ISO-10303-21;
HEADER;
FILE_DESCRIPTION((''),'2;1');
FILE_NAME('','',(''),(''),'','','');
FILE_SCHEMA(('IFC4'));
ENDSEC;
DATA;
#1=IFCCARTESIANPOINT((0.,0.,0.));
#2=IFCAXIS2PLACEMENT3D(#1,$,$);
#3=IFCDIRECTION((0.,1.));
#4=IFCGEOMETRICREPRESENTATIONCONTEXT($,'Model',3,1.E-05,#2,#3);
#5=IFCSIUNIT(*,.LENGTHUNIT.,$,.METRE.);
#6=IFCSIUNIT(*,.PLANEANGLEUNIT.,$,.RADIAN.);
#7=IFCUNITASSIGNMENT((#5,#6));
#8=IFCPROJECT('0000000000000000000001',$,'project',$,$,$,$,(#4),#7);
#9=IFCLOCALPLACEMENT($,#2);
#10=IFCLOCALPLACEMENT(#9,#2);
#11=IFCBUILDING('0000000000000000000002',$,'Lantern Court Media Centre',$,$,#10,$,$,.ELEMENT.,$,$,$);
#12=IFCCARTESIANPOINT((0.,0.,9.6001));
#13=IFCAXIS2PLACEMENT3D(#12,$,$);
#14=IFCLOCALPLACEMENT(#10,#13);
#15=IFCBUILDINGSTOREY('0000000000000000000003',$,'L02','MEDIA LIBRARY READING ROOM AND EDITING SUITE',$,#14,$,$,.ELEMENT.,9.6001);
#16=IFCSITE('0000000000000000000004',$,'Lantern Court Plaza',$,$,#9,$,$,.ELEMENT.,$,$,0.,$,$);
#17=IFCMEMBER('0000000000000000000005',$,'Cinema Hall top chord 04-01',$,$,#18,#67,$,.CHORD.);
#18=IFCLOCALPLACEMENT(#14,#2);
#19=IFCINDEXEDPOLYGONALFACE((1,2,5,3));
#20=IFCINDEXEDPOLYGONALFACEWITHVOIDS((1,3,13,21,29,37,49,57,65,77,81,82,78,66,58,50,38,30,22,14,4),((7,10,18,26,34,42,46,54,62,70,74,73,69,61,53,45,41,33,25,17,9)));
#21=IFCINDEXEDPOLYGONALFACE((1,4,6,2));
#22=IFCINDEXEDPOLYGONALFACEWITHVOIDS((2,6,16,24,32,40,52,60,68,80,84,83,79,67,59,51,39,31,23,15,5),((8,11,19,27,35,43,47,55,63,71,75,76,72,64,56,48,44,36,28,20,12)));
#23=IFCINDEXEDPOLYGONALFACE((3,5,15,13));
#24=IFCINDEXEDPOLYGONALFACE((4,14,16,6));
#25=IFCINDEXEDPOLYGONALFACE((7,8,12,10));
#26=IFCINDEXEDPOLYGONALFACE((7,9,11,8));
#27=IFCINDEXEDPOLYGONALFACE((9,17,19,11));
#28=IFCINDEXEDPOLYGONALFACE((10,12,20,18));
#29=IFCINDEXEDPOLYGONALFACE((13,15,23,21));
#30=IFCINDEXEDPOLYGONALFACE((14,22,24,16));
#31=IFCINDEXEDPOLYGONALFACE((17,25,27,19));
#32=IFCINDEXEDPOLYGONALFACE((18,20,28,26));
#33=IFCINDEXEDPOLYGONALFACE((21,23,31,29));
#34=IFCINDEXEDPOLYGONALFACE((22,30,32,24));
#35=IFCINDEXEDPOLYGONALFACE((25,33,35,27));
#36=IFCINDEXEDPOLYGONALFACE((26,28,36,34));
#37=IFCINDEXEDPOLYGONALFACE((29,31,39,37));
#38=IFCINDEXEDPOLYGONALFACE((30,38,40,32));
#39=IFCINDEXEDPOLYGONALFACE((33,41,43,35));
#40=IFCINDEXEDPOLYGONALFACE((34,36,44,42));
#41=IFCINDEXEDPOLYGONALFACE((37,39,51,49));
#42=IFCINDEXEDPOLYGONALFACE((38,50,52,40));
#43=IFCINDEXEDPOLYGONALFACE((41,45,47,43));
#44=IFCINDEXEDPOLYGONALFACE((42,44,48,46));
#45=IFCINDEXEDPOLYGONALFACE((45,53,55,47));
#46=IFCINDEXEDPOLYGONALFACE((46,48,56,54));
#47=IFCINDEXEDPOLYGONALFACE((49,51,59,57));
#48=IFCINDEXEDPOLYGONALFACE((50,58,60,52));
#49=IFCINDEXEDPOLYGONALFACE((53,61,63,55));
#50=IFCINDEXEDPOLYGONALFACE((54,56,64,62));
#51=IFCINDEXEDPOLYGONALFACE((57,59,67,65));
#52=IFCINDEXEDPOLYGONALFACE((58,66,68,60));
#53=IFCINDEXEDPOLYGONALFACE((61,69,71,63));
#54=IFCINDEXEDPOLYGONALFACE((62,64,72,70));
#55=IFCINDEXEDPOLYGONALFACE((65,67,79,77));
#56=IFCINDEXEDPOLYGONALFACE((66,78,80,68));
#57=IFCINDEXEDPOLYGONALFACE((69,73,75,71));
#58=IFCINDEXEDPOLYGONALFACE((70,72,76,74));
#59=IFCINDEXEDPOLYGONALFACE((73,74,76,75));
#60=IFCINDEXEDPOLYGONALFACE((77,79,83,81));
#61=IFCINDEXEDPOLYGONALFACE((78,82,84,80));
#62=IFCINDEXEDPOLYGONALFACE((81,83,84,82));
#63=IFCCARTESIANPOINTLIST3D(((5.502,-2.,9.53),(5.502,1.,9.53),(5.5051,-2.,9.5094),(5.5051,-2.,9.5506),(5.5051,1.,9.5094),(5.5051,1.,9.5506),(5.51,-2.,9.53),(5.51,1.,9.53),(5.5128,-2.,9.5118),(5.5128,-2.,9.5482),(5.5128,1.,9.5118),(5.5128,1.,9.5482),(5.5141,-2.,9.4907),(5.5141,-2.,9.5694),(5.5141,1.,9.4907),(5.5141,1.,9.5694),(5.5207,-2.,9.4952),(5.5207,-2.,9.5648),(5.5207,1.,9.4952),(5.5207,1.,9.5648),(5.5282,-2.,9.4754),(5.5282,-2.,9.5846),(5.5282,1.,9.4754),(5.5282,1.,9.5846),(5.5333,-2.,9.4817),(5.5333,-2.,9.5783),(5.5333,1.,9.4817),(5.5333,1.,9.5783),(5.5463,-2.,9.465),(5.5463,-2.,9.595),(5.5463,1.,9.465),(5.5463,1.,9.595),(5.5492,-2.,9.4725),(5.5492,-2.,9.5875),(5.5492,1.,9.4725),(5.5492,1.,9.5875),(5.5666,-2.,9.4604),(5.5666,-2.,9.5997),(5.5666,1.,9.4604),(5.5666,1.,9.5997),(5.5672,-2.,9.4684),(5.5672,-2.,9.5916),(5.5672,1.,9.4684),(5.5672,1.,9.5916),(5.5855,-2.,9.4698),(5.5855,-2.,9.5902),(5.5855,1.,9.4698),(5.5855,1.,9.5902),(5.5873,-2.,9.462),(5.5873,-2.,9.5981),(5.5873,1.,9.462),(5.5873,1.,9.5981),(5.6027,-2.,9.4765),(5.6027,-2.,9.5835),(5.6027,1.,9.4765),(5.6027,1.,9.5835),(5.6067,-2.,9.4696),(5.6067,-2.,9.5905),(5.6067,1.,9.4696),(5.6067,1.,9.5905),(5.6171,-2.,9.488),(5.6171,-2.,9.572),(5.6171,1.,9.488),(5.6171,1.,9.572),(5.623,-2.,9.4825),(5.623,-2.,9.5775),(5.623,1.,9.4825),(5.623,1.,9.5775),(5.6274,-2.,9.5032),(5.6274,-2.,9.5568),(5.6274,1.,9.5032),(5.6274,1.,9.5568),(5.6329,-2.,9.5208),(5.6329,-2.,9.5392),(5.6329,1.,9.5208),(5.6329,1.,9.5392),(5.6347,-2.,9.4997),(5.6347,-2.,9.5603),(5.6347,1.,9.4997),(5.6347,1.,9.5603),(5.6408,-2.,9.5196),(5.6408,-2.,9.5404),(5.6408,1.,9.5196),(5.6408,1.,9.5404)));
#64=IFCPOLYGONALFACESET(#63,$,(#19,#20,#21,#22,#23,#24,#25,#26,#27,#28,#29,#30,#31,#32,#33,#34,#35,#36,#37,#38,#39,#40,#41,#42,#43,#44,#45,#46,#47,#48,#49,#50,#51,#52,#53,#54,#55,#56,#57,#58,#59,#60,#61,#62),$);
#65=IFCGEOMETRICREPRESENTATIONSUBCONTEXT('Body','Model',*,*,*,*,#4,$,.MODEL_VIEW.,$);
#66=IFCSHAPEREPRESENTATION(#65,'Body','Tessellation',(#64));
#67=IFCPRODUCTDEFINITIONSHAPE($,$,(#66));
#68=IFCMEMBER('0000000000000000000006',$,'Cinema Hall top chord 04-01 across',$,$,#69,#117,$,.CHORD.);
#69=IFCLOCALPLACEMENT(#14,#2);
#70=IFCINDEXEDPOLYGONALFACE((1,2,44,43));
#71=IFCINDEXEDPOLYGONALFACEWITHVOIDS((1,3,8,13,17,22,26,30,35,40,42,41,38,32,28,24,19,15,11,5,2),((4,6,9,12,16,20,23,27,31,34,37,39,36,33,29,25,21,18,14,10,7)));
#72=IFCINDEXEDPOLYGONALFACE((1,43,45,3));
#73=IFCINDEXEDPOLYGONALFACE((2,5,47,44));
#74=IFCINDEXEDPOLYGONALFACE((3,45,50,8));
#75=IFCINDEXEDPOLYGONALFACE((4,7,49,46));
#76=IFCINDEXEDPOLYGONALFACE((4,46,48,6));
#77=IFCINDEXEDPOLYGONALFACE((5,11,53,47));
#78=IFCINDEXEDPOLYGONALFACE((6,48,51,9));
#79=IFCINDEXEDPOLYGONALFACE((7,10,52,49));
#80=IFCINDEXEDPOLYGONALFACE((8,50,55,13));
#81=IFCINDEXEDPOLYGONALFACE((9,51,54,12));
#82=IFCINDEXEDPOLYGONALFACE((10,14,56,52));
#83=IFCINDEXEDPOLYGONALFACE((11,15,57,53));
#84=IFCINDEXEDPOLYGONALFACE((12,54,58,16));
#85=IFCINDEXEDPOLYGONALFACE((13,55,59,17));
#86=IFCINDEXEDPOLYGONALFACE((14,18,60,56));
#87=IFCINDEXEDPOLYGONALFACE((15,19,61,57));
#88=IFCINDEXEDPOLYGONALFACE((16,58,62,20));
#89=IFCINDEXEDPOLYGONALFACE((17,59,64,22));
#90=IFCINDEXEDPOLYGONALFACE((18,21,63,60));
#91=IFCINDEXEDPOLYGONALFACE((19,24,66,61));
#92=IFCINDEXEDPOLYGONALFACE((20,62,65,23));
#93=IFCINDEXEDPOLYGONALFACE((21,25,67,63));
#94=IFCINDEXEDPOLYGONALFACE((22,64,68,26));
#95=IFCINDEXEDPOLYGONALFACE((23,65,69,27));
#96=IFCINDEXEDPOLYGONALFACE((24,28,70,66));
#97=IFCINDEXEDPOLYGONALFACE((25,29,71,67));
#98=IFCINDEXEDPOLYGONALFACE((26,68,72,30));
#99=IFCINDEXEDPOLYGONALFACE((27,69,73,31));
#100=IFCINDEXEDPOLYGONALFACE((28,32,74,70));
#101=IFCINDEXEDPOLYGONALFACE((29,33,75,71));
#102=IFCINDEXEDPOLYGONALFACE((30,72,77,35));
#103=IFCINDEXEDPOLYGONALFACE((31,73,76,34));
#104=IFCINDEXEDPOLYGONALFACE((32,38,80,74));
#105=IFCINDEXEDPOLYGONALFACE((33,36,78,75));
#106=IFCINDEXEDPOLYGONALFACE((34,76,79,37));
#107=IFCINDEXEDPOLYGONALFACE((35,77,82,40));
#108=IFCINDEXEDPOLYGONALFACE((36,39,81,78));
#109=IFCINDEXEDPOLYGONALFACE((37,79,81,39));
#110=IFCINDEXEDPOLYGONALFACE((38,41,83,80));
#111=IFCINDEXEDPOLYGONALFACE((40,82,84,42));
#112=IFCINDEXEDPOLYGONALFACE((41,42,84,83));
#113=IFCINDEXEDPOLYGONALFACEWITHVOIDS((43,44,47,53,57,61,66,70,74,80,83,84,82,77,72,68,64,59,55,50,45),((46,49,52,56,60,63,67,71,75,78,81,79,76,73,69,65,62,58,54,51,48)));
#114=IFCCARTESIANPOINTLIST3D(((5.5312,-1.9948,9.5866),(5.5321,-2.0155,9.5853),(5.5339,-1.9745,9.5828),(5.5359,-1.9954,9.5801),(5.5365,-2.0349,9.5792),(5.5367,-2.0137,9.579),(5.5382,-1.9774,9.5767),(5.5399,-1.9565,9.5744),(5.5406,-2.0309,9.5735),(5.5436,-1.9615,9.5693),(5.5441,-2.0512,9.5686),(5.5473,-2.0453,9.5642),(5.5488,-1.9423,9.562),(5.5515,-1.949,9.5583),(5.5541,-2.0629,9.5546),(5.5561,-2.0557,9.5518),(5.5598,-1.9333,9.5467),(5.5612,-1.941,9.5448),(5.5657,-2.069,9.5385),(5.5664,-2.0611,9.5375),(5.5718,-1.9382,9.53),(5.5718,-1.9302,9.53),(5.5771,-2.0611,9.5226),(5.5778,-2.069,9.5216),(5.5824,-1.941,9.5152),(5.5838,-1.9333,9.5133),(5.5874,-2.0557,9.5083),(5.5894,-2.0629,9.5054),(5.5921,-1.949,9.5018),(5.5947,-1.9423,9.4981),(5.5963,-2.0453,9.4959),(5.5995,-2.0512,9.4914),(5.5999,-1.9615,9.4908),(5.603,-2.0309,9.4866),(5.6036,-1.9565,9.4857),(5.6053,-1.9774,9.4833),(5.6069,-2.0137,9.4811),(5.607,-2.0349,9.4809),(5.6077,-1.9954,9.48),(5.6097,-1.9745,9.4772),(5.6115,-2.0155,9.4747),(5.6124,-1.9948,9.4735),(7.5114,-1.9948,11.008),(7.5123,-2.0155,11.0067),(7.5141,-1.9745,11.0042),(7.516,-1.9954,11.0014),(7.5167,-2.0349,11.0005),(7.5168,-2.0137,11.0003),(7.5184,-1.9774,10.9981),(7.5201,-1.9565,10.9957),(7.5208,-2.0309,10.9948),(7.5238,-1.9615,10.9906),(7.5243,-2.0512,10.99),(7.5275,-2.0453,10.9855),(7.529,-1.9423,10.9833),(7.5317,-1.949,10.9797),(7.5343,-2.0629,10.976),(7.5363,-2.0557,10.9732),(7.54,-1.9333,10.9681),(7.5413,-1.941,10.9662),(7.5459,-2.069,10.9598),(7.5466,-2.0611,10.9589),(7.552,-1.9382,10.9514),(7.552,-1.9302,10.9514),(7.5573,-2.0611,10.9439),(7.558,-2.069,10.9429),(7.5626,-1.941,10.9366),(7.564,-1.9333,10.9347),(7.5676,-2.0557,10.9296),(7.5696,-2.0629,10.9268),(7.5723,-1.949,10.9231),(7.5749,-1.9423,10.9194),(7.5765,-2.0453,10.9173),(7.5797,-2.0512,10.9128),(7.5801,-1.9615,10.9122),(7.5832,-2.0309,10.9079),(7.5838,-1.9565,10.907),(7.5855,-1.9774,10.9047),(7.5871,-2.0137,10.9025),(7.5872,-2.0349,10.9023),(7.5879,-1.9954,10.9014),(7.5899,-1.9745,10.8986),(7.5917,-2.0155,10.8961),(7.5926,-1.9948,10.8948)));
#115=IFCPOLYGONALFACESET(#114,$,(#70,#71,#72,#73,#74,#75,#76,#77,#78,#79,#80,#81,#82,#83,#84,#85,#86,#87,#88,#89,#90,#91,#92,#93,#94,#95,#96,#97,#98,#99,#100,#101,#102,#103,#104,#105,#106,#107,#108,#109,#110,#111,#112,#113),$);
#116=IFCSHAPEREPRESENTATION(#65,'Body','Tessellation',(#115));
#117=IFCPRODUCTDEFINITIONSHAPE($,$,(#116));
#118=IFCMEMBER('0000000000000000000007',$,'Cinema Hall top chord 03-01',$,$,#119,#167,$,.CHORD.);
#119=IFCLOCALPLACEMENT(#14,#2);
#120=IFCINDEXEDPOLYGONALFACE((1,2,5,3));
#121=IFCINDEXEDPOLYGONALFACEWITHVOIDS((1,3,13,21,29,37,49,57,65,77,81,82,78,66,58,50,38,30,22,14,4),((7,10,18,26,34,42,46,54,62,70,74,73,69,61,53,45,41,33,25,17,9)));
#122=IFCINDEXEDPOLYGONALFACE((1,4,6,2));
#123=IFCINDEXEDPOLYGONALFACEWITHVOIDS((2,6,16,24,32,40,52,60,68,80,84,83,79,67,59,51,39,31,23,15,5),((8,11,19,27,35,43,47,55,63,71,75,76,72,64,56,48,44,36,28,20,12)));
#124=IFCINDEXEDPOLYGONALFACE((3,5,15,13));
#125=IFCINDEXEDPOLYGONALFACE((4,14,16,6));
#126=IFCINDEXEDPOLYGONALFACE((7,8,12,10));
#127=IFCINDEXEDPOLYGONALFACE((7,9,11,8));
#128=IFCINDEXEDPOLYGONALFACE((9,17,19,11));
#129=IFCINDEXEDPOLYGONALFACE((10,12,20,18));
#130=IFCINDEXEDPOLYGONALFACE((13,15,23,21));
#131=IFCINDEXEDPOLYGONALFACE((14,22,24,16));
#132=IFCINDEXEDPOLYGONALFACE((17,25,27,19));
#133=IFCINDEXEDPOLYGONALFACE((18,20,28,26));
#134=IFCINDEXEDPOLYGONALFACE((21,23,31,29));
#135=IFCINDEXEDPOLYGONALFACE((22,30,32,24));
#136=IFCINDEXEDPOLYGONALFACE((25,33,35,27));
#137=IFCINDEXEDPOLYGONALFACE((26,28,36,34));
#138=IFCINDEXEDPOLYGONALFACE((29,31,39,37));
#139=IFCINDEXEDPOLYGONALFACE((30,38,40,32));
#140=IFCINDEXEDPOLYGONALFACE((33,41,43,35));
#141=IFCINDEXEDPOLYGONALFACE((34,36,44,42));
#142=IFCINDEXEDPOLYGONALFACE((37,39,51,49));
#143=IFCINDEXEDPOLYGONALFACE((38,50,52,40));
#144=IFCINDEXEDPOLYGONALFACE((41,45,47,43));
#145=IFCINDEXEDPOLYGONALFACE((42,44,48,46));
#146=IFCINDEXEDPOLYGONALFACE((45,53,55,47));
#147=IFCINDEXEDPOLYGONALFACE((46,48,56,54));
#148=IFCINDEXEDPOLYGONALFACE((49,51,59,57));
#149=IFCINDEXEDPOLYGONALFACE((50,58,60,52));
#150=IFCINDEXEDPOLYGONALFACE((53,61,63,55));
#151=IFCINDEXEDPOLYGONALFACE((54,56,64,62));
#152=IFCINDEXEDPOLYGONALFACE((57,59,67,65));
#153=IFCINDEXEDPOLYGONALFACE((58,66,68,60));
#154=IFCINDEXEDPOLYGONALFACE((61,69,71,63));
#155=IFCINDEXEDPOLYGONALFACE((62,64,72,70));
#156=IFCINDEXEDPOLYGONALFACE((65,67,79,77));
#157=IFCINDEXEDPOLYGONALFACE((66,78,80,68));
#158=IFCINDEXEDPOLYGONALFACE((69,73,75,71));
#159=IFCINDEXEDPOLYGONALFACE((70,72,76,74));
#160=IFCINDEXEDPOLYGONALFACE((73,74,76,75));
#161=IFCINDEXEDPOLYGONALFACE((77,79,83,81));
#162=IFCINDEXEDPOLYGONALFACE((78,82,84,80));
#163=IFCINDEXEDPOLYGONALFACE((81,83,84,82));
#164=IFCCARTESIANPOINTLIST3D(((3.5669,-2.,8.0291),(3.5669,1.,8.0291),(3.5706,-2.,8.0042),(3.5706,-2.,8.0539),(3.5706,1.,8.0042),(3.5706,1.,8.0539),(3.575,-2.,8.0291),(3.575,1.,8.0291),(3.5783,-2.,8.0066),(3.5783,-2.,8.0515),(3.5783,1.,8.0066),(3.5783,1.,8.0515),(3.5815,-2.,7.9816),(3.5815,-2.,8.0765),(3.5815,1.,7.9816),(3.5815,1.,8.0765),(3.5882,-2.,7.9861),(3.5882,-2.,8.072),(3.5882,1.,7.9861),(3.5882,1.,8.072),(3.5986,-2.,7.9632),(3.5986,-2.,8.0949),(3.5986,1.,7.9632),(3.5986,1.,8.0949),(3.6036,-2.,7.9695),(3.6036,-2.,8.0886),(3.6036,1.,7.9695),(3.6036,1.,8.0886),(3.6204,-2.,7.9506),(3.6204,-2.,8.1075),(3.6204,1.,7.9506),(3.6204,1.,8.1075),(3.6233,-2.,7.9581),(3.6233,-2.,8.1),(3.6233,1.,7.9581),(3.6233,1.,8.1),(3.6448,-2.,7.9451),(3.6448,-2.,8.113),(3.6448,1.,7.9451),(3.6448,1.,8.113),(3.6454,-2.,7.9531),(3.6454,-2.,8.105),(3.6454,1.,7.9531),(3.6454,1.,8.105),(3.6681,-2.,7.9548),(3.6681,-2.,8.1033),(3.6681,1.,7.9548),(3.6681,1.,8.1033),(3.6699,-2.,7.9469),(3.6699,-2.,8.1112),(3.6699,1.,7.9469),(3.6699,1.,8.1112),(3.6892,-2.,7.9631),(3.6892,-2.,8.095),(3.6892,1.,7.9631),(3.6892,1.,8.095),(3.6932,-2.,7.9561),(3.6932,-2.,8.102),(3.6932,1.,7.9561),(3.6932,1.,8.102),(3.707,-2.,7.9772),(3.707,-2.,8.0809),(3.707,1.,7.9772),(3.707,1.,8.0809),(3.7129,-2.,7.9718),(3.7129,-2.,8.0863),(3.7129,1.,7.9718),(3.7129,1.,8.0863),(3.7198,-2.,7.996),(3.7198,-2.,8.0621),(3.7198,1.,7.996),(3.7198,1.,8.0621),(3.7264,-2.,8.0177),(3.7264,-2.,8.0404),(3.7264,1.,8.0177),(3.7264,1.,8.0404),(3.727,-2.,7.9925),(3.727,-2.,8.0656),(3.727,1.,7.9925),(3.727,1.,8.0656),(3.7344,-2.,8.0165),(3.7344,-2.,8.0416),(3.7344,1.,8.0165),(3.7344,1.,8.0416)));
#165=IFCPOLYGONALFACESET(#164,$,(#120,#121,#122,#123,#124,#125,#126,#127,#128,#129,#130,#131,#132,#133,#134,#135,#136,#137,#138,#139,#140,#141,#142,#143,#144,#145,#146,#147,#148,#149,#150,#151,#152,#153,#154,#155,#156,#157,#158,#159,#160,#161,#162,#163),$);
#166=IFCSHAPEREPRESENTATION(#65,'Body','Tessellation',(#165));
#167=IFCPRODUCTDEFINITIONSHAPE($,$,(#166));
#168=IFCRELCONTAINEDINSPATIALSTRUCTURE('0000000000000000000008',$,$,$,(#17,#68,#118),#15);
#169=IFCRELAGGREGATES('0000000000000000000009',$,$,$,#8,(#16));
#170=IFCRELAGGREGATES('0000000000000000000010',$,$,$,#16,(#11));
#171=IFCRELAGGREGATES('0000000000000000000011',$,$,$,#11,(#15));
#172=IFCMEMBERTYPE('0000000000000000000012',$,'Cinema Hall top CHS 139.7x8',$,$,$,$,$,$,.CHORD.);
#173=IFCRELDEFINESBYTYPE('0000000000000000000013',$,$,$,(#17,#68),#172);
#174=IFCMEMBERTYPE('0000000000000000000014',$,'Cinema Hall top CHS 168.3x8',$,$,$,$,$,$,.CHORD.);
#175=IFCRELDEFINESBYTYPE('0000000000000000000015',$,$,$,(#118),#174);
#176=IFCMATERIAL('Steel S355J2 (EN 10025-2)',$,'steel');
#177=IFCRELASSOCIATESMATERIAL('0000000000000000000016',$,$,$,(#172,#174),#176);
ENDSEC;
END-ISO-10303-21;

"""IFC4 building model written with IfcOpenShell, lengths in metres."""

from ifc_helpers import new_model, si_unit, direction, frame, origin, origin_2d, place, context, subcontext, project, spatial, hollow_circle, extrude, material, material_profile, profile_set, type_object, element, save


model = new_model("IFC4")

# Units and contexts
model_context = context("Model", 3, precision=1e-05, world=origin(), true_north=direction((0.0, 1.0)))
body_context = subcontext(model_context, "Body", "Model", "MODEL_VIEW")
ifc_project = project(units=[si_unit("LENGTHUNIT", "METRE"), si_unit("PLANEANGLEUNIT", "RADIAN")], contexts=[model_context])

# Site, building, storey
site_placement = place(None, origin())
site = spatial("IfcSite", under=ifc_project, at=site_placement, Name="Lantern Court Plaza", CompositionType="ELEMENT", RefElevation=0.0)
building_placement = place(site_placement, origin())
building = spatial("IfcBuilding", under=site, at=building_placement, Name="Lantern Court Media Centre", CompositionType="ELEMENT")
storey_placement = place(building_placement, frame((0.0, 0.0, 9.6001)))
storey = spatial("IfcBuildingStorey", under=building, at=storey_placement, Name="L02", Description="MEDIA LIBRARY READING ROOM AND EDITING SUITE", CompositionType="ELEMENT", Elevation=9.6001)

# Members
ifc_material = material(Name="Steel S355J2 (EN 10025-2)", Category="steel")
ifc_material_profile_1 = material_profile(ifc_material, hollow_circle(Radius=0.0698, WallThickness=0.0081, at=origin_2d()), Name="Cinema Hall top CHS 139.7x8")
ifc_profile_set_1 = profile_set([ifc_material_profile_1], Name="Steel S355J2 (EN 10025-2)")
member_type_1 = type_object("IfcMemberType", Name="Cinema Hall top CHS 139.7x8", PredefinedType="CHORD", material=ifc_profile_set_1)
member_1_placement = place(storey_placement, frame((5.5718, -2.0, 9.53), z_axis=(0.0, 1.0, 0.0), x_axis=(-1.0, 0.0, 0.0)))
element("IfcMember", 1, at=member_1_placement, inside=storey, type_object=member_type_1, Name="Cinema Hall top chord 04-01", PredefinedType="CHORD", context=body_context, shape_type="SweptSolid", body=[
    extrude(hollow_circle(Radius=0.0698, WallThickness=0.0081, at=origin_2d()), origin(), (0.0, 0.0, 1.0), 3.0),
])
member_2_placement = place(storey_placement, frame((5.5718, -2.0, 9.53), z_axis=(0.812385, 0.0, 0.583122), x_axis=(0.0, 1.0, 0.0)))
element("IfcMember", 2, at=member_2_placement, inside=storey, type_object=member_type_1, Name="Cinema Hall top chord 04-01 across", PredefinedType="CHORD", context=body_context, shape_type="SweptSolid", body=[
    extrude(hollow_circle(Radius=0.0698, WallThickness=0.0081, at=origin_2d()), origin(), (0.0, 0.0, 1.0), 2.4375),
])
ifc_material_profile_2 = material_profile(ifc_material, hollow_circle(Radius=0.0842, WallThickness=0.0081, at=origin_2d()), Name="Cinema Hall top CHS 168.3x8")
ifc_profile_set_2 = profile_set([ifc_material_profile_2], Name="Steel S355J2 (EN 10025-2)")
member_type_2 = type_object("IfcMemberType", Name="Cinema Hall top CHS 168.3x8", PredefinedType="CHORD", material=ifc_profile_set_2)
member_3_placement = place(storey_placement, frame((3.6511, -2.0, 8.0291), z_axis=(0.0, 1.0, 0.0), x_axis=(-1.0, 0.0, 0.0)))
element("IfcMember", 3, at=member_3_placement, inside=storey, type_object=member_type_2, Name="Cinema Hall top chord 03-01", PredefinedType="CHORD", context=body_context, shape_type="SweptSolid", body=[
    extrude(hollow_circle(Radius=0.0842, WallThickness=0.0081, at=origin_2d()), origin(), (0.0, 0.0, 1.0), 3.0),
])

save(model, "model.ifc")
